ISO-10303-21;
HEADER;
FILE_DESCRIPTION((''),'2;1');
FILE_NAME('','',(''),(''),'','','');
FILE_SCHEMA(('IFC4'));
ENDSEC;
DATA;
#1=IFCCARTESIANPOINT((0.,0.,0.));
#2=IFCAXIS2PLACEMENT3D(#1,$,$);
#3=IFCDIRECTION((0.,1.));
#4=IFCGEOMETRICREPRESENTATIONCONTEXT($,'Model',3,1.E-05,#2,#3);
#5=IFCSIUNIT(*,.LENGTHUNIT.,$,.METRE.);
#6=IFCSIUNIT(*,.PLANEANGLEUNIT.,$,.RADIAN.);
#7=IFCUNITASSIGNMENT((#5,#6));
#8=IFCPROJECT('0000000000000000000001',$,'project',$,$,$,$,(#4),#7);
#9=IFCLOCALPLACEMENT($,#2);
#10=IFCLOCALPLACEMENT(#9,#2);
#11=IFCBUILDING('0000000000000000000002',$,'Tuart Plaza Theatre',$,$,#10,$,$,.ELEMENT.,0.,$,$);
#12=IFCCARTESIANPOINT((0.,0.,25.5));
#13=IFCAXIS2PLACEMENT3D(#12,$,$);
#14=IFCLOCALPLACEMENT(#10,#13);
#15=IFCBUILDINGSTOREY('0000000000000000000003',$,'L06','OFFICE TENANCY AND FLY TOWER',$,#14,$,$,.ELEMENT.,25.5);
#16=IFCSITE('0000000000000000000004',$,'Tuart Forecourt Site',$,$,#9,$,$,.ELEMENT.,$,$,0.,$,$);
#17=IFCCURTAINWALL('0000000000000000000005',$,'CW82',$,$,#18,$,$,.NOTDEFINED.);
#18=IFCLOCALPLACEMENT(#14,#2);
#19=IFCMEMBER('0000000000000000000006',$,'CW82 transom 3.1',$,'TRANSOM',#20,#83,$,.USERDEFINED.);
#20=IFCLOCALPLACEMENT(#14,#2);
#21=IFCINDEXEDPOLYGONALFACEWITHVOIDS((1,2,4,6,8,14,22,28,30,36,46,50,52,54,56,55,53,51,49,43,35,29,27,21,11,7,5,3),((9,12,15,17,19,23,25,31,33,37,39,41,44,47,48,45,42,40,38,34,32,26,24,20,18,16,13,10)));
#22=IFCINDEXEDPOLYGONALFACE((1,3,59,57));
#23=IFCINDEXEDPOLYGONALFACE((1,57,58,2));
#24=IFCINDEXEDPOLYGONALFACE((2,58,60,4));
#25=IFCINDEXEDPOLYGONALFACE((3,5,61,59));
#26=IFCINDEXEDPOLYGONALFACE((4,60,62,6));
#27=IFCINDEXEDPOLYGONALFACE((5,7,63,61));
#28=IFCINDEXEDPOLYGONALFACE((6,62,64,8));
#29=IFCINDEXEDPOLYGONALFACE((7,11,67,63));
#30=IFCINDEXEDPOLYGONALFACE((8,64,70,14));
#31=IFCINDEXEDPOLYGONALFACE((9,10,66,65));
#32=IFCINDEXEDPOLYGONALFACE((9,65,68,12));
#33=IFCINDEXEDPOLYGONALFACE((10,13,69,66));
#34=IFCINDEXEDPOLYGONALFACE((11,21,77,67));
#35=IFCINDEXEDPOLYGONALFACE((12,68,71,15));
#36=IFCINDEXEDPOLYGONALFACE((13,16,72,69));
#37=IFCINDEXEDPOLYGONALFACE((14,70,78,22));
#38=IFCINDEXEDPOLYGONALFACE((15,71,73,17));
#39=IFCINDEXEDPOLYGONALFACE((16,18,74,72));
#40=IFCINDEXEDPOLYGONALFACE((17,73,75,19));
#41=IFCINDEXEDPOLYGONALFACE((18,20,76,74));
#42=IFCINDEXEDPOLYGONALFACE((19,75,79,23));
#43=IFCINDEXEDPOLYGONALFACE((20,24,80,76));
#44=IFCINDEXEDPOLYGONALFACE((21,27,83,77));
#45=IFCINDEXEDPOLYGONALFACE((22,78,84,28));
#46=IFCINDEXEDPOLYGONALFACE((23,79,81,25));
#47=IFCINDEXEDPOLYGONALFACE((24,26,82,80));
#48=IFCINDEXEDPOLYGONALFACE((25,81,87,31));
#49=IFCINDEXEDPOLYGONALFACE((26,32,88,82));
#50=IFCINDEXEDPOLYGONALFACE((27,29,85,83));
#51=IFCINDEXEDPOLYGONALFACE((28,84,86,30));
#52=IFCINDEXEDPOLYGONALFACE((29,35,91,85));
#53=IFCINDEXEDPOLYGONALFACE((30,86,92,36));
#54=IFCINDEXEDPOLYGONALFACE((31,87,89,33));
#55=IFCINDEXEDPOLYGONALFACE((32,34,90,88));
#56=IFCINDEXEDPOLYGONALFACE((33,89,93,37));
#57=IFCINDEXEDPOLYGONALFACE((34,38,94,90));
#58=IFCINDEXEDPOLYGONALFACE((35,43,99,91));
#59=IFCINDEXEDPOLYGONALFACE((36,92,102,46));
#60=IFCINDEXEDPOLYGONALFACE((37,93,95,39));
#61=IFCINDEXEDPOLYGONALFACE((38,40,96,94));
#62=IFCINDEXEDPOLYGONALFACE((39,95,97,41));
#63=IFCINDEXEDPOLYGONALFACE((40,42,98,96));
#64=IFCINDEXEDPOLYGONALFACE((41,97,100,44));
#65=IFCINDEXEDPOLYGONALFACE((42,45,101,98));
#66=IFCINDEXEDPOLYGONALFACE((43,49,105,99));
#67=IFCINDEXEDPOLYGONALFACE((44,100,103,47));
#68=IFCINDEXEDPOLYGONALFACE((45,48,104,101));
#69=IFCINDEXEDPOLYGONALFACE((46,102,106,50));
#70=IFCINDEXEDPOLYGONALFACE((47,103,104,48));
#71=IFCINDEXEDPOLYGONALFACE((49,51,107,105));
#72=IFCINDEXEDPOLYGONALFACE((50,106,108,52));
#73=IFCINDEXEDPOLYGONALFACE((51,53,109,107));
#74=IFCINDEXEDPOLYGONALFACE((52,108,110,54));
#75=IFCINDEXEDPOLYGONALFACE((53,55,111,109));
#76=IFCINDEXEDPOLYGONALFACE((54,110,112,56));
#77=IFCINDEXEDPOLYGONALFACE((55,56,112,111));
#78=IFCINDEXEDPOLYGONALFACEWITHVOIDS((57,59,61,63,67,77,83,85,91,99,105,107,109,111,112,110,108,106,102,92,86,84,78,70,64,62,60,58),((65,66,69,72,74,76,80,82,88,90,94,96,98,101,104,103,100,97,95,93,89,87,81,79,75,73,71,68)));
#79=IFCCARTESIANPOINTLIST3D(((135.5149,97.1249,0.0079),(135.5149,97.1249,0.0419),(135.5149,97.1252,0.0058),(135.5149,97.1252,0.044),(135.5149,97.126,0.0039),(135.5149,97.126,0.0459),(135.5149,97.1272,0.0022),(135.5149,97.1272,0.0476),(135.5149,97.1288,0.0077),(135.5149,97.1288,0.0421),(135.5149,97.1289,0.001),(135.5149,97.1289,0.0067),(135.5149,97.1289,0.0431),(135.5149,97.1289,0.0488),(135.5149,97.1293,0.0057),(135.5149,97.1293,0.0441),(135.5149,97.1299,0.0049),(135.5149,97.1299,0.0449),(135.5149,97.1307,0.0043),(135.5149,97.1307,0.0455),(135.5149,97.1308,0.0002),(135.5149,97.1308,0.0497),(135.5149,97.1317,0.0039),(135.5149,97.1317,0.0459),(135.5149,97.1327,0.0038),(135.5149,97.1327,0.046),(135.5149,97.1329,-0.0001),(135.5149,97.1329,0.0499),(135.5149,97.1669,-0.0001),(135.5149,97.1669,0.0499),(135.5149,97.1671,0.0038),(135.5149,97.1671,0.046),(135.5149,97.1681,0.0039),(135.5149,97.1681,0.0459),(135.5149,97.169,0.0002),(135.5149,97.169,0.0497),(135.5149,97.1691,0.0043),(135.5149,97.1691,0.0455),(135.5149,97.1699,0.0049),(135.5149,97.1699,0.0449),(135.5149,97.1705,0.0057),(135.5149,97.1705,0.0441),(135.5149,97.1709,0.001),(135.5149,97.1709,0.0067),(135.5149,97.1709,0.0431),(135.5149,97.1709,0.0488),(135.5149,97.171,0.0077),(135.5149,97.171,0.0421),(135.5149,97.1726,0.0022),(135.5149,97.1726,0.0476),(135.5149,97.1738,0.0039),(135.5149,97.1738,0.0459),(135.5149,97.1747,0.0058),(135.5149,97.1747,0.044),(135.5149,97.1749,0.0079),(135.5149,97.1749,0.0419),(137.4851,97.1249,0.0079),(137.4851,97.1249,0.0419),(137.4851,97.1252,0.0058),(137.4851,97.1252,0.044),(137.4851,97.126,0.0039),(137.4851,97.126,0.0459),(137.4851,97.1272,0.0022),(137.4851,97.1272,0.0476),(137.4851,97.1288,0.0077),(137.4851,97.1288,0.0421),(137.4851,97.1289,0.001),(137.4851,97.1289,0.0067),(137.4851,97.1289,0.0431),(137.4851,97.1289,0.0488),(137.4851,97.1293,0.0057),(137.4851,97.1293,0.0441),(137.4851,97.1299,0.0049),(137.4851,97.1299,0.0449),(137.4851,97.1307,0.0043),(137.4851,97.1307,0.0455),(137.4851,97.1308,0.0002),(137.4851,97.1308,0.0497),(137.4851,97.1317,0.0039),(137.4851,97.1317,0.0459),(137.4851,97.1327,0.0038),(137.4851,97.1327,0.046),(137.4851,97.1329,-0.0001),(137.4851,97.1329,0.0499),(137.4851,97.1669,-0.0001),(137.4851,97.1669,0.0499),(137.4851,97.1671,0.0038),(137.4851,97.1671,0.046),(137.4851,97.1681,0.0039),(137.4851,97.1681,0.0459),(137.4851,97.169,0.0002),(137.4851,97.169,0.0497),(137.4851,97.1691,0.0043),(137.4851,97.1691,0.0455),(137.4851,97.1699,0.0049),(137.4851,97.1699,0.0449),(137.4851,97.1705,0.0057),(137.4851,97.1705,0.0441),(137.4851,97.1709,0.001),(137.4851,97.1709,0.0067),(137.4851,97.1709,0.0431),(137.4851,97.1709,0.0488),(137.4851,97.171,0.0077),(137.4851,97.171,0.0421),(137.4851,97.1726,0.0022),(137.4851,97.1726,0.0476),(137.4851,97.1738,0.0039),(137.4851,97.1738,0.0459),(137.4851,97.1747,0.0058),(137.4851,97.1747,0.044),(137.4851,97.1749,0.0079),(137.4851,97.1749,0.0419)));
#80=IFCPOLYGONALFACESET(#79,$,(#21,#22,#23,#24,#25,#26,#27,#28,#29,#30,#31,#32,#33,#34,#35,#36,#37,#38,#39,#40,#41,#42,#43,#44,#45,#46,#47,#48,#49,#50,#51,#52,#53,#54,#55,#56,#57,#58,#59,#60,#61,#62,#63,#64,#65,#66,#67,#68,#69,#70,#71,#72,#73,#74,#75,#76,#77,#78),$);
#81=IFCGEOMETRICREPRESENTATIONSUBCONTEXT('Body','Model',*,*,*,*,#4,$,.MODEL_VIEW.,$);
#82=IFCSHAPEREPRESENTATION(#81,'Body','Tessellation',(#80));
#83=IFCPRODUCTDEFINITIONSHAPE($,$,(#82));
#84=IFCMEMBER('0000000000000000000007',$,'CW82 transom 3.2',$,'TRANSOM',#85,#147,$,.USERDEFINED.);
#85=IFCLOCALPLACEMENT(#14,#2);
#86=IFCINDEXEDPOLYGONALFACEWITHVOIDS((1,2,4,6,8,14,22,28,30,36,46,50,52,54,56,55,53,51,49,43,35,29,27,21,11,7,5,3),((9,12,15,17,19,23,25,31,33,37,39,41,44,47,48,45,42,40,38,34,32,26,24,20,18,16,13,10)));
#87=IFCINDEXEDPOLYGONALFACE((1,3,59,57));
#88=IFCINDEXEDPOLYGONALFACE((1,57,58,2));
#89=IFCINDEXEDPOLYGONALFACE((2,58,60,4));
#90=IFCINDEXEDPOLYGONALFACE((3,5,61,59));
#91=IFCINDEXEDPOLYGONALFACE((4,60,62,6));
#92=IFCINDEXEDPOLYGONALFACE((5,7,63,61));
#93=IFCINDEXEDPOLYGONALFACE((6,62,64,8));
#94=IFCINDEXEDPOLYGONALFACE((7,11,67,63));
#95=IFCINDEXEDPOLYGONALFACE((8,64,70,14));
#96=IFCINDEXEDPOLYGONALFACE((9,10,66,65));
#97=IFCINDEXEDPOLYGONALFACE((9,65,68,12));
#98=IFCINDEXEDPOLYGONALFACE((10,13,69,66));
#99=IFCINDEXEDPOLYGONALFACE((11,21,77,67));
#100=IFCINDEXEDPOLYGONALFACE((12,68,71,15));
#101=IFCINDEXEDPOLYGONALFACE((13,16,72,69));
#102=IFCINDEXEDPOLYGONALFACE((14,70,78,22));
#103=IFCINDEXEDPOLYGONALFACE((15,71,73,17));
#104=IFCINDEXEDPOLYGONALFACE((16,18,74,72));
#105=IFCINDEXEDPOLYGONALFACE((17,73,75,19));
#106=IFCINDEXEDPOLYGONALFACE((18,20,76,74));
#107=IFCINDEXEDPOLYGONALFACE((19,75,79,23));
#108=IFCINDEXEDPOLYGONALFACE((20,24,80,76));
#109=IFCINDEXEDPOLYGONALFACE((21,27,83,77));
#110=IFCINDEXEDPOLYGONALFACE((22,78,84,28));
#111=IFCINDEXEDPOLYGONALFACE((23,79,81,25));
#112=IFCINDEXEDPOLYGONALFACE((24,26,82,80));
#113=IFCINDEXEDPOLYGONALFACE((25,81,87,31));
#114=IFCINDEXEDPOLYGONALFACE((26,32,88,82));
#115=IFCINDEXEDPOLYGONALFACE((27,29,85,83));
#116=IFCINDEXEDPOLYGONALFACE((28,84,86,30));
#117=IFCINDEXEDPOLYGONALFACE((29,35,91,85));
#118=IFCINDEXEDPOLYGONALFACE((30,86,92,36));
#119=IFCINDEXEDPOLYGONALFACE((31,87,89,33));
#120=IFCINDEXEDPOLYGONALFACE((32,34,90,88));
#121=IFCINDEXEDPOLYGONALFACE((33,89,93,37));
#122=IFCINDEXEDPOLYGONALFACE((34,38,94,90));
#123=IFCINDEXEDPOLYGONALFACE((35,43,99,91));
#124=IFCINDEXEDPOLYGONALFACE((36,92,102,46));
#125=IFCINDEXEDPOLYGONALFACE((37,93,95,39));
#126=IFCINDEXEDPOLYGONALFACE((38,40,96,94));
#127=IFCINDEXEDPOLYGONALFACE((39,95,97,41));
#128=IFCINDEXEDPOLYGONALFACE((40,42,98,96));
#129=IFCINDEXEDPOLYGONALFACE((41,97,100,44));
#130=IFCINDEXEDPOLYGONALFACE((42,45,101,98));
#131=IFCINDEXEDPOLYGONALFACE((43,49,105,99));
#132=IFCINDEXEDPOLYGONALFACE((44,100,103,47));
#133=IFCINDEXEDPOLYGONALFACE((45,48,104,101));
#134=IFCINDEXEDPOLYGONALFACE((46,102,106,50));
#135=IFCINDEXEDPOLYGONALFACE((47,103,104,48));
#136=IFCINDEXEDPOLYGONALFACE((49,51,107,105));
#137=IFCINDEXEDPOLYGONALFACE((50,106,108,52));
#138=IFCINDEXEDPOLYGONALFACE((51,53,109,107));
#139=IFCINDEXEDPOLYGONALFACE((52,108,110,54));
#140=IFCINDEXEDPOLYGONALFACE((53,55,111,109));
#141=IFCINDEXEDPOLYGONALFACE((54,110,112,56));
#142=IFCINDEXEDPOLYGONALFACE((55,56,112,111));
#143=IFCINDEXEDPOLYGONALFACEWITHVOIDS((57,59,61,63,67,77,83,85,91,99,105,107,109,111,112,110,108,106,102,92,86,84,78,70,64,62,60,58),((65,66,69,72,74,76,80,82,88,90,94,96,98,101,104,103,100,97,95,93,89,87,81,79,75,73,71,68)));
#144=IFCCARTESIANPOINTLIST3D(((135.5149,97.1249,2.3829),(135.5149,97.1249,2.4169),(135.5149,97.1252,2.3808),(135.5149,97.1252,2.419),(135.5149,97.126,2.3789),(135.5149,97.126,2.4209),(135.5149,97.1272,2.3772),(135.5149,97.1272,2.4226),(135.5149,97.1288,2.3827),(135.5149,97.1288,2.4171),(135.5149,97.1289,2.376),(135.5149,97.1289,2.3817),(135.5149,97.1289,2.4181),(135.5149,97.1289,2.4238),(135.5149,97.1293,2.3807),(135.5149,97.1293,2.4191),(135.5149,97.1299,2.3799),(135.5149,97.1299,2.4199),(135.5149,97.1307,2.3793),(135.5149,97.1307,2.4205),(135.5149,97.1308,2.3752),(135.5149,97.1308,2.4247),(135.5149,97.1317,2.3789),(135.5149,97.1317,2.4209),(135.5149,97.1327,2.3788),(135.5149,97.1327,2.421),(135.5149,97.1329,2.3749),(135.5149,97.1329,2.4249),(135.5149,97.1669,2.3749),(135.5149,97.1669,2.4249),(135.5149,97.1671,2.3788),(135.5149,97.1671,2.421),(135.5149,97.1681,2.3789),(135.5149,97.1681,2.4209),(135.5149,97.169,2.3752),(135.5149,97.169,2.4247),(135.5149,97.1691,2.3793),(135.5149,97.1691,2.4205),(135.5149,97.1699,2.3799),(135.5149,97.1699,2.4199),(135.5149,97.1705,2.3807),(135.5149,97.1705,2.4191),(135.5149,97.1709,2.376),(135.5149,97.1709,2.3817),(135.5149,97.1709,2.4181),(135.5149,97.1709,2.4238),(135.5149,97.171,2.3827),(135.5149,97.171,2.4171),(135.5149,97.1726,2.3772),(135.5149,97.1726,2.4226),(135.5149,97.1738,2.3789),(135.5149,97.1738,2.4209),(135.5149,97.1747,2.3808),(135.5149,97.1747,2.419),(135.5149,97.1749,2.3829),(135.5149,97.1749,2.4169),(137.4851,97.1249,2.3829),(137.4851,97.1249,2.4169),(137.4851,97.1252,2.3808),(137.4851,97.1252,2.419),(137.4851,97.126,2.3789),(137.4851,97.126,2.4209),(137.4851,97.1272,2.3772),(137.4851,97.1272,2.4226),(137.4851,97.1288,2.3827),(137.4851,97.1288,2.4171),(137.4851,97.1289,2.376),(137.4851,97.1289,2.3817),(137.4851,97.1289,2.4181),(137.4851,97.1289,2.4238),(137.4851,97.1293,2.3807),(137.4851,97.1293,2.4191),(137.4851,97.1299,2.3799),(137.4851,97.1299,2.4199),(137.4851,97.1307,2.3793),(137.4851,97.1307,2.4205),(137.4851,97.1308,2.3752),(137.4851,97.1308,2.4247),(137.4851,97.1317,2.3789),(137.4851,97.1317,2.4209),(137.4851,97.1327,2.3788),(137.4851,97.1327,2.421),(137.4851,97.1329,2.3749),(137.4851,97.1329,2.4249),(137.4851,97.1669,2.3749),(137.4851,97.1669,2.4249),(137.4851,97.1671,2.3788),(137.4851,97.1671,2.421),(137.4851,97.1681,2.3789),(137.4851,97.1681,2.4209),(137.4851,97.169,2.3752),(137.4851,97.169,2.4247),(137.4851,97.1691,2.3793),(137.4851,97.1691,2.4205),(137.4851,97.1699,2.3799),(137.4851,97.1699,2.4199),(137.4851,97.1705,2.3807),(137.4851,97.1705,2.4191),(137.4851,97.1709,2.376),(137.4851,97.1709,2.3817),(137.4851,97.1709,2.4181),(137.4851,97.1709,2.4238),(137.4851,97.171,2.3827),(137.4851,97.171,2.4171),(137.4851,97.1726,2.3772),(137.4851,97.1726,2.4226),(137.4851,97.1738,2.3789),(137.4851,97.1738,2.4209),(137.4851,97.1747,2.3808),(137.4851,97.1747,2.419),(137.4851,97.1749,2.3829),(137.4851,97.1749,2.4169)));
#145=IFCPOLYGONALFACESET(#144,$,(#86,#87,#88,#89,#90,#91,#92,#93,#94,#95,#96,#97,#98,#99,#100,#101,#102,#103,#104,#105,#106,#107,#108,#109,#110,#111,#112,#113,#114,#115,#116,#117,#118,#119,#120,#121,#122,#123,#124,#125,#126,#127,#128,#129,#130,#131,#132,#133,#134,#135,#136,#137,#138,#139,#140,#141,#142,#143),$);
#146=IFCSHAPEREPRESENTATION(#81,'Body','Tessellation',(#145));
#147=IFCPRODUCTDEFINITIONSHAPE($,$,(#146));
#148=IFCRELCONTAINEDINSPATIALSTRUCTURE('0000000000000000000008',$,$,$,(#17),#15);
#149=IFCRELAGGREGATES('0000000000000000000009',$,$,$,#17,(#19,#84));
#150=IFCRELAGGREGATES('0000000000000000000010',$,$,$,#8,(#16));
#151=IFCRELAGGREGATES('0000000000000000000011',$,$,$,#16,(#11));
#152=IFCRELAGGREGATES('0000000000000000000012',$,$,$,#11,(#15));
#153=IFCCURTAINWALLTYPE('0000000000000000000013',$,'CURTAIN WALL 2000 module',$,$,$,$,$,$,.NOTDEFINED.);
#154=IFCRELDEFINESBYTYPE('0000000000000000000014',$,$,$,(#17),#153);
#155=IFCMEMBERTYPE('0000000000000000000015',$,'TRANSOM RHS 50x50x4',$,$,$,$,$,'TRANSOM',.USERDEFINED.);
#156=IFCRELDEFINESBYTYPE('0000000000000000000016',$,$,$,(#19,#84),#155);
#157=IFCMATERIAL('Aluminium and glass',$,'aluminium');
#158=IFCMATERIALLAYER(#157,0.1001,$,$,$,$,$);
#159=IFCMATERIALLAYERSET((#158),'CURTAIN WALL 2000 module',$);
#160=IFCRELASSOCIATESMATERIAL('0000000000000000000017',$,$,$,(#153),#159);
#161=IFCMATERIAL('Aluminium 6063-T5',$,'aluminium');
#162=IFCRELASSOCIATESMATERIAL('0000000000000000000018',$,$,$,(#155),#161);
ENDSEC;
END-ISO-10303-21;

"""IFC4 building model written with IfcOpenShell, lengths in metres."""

from ifc_helpers import new_model, si_unit, direction, frame, origin, origin_2d, place, context, subcontext, project, spatial, hollow_rectangle, extrude, material, layer, layer_set, material_profile, profile_set, type_object, element, aggregate, save


model = new_model("IFC4")

# Units and contexts
model_context = context("Model", 3, precision=1e-05, world=origin(), true_north=direction((0.0, 1.0)))
body_context = subcontext(model_context, "Body", "Model", "MODEL_VIEW")
ifc_project = project(units=[si_unit("LENGTHUNIT", "METRE"), si_unit("PLANEANGLEUNIT", "RADIAN")], contexts=[model_context])

# Site, building, storey
site_placement = place(None, origin())
site = spatial("IfcSite", under=ifc_project, at=site_placement, Name="Tuart Forecourt Site", CompositionType="ELEMENT", RefElevation=0.0)
building_placement = place(site_placement, origin())
building = spatial("IfcBuilding", under=site, at=building_placement, Name="Tuart Plaza Theatre", CompositionType="ELEMENT", ElevationOfRefHeight=0.0)
storey_placement = place(building_placement, frame((0.0, 0.0, 25.5)))
storey = spatial("IfcBuildingStorey", under=building, at=storey_placement, Name="L06", Description="OFFICE TENANCY AND FLY TOWER", CompositionType="ELEMENT", Elevation=25.5)

# Curtain wall, members
ifc_material_1 = material(Name="Aluminium and glass", Category="aluminium")
ifc_layer_1 = layer(ifc_material_1, 0.1001)
ifc_layer_set_1 = layer_set([ifc_layer_1], Name="CURTAIN WALL 2000 module")
curtain_wall_type = type_object("IfcCurtainWallType", Name="CURTAIN WALL 2000 module", PredefinedType="NOTDEFINED", material=ifc_layer_set_1)
curtain_wall_placement = place(storey_placement, origin())
curtain_wall = element("IfcCurtainWall", 1, at=curtain_wall_placement, inside=storey, type_object=curtain_wall_type, Name="CW82", PredefinedType="NOTDEFINED")
ifc_material_2 = material(Name="Aluminium 6063-T5", Category="aluminium")
ifc_material_profile_1 = material_profile(ifc_material_2, hollow_rectangle(XDim=0.05, YDim=0.05, WallThickness=0.0039, InnerFilletRadius=0.0039, OuterFilletRadius=0.0081, at=origin_2d()), Name="RHS 50x50x4")
ifc_profile_set_1 = profile_set([ifc_material_profile_1], Name="Aluminium 6063-T5")
member_type_1 = type_object("IfcMemberType", Name="TRANSOM RHS 50x50x4", ElementType="TRANSOM", PredefinedType="USERDEFINED", material=ifc_profile_set_1)
member_1_placement = place(storey_placement, frame((137.4851, 97.1499, 0.0249), z_axis=(-1.0, 0.0, 0.0), x_axis=(0.0, -1.0, 0.0)))
member_1 = element("IfcMember", 2, at=member_1_placement, type_object=member_type_1, Name="CW82 transom 3.1", ObjectType="TRANSOM", PredefinedType="USERDEFINED", context=body_context, shape_type="SweptSolid", body=[
    extrude(hollow_rectangle(XDim=0.05, YDim=0.05, WallThickness=0.0039, InnerFilletRadius=0.0039, OuterFilletRadius=0.0081, at=origin_2d()), origin(), (0.0, 0.0, 1.0), 1.9702),
])
member_2_placement = place(storey_placement, frame((137.4851, 97.1499, 2.3999), z_axis=(-1.0, 0.0, 0.0), x_axis=(0.0, -1.0, 0.0)))
member_2 = element("IfcMember", 3, at=member_2_placement, type_object=member_type_1, Name="CW82 transom 3.2", ObjectType="TRANSOM", PredefinedType="USERDEFINED", context=body_context, shape_type="SweptSolid", body=[
    extrude(hollow_rectangle(XDim=0.05, YDim=0.05, WallThickness=0.0039, InnerFilletRadius=0.0039, OuterFilletRadius=0.0081, at=origin_2d()), origin(), (0.0, 0.0, 1.0), 1.9702),
])
aggregate(curtain_wall, [member_1, member_2])

save(model, "model.ifc")
